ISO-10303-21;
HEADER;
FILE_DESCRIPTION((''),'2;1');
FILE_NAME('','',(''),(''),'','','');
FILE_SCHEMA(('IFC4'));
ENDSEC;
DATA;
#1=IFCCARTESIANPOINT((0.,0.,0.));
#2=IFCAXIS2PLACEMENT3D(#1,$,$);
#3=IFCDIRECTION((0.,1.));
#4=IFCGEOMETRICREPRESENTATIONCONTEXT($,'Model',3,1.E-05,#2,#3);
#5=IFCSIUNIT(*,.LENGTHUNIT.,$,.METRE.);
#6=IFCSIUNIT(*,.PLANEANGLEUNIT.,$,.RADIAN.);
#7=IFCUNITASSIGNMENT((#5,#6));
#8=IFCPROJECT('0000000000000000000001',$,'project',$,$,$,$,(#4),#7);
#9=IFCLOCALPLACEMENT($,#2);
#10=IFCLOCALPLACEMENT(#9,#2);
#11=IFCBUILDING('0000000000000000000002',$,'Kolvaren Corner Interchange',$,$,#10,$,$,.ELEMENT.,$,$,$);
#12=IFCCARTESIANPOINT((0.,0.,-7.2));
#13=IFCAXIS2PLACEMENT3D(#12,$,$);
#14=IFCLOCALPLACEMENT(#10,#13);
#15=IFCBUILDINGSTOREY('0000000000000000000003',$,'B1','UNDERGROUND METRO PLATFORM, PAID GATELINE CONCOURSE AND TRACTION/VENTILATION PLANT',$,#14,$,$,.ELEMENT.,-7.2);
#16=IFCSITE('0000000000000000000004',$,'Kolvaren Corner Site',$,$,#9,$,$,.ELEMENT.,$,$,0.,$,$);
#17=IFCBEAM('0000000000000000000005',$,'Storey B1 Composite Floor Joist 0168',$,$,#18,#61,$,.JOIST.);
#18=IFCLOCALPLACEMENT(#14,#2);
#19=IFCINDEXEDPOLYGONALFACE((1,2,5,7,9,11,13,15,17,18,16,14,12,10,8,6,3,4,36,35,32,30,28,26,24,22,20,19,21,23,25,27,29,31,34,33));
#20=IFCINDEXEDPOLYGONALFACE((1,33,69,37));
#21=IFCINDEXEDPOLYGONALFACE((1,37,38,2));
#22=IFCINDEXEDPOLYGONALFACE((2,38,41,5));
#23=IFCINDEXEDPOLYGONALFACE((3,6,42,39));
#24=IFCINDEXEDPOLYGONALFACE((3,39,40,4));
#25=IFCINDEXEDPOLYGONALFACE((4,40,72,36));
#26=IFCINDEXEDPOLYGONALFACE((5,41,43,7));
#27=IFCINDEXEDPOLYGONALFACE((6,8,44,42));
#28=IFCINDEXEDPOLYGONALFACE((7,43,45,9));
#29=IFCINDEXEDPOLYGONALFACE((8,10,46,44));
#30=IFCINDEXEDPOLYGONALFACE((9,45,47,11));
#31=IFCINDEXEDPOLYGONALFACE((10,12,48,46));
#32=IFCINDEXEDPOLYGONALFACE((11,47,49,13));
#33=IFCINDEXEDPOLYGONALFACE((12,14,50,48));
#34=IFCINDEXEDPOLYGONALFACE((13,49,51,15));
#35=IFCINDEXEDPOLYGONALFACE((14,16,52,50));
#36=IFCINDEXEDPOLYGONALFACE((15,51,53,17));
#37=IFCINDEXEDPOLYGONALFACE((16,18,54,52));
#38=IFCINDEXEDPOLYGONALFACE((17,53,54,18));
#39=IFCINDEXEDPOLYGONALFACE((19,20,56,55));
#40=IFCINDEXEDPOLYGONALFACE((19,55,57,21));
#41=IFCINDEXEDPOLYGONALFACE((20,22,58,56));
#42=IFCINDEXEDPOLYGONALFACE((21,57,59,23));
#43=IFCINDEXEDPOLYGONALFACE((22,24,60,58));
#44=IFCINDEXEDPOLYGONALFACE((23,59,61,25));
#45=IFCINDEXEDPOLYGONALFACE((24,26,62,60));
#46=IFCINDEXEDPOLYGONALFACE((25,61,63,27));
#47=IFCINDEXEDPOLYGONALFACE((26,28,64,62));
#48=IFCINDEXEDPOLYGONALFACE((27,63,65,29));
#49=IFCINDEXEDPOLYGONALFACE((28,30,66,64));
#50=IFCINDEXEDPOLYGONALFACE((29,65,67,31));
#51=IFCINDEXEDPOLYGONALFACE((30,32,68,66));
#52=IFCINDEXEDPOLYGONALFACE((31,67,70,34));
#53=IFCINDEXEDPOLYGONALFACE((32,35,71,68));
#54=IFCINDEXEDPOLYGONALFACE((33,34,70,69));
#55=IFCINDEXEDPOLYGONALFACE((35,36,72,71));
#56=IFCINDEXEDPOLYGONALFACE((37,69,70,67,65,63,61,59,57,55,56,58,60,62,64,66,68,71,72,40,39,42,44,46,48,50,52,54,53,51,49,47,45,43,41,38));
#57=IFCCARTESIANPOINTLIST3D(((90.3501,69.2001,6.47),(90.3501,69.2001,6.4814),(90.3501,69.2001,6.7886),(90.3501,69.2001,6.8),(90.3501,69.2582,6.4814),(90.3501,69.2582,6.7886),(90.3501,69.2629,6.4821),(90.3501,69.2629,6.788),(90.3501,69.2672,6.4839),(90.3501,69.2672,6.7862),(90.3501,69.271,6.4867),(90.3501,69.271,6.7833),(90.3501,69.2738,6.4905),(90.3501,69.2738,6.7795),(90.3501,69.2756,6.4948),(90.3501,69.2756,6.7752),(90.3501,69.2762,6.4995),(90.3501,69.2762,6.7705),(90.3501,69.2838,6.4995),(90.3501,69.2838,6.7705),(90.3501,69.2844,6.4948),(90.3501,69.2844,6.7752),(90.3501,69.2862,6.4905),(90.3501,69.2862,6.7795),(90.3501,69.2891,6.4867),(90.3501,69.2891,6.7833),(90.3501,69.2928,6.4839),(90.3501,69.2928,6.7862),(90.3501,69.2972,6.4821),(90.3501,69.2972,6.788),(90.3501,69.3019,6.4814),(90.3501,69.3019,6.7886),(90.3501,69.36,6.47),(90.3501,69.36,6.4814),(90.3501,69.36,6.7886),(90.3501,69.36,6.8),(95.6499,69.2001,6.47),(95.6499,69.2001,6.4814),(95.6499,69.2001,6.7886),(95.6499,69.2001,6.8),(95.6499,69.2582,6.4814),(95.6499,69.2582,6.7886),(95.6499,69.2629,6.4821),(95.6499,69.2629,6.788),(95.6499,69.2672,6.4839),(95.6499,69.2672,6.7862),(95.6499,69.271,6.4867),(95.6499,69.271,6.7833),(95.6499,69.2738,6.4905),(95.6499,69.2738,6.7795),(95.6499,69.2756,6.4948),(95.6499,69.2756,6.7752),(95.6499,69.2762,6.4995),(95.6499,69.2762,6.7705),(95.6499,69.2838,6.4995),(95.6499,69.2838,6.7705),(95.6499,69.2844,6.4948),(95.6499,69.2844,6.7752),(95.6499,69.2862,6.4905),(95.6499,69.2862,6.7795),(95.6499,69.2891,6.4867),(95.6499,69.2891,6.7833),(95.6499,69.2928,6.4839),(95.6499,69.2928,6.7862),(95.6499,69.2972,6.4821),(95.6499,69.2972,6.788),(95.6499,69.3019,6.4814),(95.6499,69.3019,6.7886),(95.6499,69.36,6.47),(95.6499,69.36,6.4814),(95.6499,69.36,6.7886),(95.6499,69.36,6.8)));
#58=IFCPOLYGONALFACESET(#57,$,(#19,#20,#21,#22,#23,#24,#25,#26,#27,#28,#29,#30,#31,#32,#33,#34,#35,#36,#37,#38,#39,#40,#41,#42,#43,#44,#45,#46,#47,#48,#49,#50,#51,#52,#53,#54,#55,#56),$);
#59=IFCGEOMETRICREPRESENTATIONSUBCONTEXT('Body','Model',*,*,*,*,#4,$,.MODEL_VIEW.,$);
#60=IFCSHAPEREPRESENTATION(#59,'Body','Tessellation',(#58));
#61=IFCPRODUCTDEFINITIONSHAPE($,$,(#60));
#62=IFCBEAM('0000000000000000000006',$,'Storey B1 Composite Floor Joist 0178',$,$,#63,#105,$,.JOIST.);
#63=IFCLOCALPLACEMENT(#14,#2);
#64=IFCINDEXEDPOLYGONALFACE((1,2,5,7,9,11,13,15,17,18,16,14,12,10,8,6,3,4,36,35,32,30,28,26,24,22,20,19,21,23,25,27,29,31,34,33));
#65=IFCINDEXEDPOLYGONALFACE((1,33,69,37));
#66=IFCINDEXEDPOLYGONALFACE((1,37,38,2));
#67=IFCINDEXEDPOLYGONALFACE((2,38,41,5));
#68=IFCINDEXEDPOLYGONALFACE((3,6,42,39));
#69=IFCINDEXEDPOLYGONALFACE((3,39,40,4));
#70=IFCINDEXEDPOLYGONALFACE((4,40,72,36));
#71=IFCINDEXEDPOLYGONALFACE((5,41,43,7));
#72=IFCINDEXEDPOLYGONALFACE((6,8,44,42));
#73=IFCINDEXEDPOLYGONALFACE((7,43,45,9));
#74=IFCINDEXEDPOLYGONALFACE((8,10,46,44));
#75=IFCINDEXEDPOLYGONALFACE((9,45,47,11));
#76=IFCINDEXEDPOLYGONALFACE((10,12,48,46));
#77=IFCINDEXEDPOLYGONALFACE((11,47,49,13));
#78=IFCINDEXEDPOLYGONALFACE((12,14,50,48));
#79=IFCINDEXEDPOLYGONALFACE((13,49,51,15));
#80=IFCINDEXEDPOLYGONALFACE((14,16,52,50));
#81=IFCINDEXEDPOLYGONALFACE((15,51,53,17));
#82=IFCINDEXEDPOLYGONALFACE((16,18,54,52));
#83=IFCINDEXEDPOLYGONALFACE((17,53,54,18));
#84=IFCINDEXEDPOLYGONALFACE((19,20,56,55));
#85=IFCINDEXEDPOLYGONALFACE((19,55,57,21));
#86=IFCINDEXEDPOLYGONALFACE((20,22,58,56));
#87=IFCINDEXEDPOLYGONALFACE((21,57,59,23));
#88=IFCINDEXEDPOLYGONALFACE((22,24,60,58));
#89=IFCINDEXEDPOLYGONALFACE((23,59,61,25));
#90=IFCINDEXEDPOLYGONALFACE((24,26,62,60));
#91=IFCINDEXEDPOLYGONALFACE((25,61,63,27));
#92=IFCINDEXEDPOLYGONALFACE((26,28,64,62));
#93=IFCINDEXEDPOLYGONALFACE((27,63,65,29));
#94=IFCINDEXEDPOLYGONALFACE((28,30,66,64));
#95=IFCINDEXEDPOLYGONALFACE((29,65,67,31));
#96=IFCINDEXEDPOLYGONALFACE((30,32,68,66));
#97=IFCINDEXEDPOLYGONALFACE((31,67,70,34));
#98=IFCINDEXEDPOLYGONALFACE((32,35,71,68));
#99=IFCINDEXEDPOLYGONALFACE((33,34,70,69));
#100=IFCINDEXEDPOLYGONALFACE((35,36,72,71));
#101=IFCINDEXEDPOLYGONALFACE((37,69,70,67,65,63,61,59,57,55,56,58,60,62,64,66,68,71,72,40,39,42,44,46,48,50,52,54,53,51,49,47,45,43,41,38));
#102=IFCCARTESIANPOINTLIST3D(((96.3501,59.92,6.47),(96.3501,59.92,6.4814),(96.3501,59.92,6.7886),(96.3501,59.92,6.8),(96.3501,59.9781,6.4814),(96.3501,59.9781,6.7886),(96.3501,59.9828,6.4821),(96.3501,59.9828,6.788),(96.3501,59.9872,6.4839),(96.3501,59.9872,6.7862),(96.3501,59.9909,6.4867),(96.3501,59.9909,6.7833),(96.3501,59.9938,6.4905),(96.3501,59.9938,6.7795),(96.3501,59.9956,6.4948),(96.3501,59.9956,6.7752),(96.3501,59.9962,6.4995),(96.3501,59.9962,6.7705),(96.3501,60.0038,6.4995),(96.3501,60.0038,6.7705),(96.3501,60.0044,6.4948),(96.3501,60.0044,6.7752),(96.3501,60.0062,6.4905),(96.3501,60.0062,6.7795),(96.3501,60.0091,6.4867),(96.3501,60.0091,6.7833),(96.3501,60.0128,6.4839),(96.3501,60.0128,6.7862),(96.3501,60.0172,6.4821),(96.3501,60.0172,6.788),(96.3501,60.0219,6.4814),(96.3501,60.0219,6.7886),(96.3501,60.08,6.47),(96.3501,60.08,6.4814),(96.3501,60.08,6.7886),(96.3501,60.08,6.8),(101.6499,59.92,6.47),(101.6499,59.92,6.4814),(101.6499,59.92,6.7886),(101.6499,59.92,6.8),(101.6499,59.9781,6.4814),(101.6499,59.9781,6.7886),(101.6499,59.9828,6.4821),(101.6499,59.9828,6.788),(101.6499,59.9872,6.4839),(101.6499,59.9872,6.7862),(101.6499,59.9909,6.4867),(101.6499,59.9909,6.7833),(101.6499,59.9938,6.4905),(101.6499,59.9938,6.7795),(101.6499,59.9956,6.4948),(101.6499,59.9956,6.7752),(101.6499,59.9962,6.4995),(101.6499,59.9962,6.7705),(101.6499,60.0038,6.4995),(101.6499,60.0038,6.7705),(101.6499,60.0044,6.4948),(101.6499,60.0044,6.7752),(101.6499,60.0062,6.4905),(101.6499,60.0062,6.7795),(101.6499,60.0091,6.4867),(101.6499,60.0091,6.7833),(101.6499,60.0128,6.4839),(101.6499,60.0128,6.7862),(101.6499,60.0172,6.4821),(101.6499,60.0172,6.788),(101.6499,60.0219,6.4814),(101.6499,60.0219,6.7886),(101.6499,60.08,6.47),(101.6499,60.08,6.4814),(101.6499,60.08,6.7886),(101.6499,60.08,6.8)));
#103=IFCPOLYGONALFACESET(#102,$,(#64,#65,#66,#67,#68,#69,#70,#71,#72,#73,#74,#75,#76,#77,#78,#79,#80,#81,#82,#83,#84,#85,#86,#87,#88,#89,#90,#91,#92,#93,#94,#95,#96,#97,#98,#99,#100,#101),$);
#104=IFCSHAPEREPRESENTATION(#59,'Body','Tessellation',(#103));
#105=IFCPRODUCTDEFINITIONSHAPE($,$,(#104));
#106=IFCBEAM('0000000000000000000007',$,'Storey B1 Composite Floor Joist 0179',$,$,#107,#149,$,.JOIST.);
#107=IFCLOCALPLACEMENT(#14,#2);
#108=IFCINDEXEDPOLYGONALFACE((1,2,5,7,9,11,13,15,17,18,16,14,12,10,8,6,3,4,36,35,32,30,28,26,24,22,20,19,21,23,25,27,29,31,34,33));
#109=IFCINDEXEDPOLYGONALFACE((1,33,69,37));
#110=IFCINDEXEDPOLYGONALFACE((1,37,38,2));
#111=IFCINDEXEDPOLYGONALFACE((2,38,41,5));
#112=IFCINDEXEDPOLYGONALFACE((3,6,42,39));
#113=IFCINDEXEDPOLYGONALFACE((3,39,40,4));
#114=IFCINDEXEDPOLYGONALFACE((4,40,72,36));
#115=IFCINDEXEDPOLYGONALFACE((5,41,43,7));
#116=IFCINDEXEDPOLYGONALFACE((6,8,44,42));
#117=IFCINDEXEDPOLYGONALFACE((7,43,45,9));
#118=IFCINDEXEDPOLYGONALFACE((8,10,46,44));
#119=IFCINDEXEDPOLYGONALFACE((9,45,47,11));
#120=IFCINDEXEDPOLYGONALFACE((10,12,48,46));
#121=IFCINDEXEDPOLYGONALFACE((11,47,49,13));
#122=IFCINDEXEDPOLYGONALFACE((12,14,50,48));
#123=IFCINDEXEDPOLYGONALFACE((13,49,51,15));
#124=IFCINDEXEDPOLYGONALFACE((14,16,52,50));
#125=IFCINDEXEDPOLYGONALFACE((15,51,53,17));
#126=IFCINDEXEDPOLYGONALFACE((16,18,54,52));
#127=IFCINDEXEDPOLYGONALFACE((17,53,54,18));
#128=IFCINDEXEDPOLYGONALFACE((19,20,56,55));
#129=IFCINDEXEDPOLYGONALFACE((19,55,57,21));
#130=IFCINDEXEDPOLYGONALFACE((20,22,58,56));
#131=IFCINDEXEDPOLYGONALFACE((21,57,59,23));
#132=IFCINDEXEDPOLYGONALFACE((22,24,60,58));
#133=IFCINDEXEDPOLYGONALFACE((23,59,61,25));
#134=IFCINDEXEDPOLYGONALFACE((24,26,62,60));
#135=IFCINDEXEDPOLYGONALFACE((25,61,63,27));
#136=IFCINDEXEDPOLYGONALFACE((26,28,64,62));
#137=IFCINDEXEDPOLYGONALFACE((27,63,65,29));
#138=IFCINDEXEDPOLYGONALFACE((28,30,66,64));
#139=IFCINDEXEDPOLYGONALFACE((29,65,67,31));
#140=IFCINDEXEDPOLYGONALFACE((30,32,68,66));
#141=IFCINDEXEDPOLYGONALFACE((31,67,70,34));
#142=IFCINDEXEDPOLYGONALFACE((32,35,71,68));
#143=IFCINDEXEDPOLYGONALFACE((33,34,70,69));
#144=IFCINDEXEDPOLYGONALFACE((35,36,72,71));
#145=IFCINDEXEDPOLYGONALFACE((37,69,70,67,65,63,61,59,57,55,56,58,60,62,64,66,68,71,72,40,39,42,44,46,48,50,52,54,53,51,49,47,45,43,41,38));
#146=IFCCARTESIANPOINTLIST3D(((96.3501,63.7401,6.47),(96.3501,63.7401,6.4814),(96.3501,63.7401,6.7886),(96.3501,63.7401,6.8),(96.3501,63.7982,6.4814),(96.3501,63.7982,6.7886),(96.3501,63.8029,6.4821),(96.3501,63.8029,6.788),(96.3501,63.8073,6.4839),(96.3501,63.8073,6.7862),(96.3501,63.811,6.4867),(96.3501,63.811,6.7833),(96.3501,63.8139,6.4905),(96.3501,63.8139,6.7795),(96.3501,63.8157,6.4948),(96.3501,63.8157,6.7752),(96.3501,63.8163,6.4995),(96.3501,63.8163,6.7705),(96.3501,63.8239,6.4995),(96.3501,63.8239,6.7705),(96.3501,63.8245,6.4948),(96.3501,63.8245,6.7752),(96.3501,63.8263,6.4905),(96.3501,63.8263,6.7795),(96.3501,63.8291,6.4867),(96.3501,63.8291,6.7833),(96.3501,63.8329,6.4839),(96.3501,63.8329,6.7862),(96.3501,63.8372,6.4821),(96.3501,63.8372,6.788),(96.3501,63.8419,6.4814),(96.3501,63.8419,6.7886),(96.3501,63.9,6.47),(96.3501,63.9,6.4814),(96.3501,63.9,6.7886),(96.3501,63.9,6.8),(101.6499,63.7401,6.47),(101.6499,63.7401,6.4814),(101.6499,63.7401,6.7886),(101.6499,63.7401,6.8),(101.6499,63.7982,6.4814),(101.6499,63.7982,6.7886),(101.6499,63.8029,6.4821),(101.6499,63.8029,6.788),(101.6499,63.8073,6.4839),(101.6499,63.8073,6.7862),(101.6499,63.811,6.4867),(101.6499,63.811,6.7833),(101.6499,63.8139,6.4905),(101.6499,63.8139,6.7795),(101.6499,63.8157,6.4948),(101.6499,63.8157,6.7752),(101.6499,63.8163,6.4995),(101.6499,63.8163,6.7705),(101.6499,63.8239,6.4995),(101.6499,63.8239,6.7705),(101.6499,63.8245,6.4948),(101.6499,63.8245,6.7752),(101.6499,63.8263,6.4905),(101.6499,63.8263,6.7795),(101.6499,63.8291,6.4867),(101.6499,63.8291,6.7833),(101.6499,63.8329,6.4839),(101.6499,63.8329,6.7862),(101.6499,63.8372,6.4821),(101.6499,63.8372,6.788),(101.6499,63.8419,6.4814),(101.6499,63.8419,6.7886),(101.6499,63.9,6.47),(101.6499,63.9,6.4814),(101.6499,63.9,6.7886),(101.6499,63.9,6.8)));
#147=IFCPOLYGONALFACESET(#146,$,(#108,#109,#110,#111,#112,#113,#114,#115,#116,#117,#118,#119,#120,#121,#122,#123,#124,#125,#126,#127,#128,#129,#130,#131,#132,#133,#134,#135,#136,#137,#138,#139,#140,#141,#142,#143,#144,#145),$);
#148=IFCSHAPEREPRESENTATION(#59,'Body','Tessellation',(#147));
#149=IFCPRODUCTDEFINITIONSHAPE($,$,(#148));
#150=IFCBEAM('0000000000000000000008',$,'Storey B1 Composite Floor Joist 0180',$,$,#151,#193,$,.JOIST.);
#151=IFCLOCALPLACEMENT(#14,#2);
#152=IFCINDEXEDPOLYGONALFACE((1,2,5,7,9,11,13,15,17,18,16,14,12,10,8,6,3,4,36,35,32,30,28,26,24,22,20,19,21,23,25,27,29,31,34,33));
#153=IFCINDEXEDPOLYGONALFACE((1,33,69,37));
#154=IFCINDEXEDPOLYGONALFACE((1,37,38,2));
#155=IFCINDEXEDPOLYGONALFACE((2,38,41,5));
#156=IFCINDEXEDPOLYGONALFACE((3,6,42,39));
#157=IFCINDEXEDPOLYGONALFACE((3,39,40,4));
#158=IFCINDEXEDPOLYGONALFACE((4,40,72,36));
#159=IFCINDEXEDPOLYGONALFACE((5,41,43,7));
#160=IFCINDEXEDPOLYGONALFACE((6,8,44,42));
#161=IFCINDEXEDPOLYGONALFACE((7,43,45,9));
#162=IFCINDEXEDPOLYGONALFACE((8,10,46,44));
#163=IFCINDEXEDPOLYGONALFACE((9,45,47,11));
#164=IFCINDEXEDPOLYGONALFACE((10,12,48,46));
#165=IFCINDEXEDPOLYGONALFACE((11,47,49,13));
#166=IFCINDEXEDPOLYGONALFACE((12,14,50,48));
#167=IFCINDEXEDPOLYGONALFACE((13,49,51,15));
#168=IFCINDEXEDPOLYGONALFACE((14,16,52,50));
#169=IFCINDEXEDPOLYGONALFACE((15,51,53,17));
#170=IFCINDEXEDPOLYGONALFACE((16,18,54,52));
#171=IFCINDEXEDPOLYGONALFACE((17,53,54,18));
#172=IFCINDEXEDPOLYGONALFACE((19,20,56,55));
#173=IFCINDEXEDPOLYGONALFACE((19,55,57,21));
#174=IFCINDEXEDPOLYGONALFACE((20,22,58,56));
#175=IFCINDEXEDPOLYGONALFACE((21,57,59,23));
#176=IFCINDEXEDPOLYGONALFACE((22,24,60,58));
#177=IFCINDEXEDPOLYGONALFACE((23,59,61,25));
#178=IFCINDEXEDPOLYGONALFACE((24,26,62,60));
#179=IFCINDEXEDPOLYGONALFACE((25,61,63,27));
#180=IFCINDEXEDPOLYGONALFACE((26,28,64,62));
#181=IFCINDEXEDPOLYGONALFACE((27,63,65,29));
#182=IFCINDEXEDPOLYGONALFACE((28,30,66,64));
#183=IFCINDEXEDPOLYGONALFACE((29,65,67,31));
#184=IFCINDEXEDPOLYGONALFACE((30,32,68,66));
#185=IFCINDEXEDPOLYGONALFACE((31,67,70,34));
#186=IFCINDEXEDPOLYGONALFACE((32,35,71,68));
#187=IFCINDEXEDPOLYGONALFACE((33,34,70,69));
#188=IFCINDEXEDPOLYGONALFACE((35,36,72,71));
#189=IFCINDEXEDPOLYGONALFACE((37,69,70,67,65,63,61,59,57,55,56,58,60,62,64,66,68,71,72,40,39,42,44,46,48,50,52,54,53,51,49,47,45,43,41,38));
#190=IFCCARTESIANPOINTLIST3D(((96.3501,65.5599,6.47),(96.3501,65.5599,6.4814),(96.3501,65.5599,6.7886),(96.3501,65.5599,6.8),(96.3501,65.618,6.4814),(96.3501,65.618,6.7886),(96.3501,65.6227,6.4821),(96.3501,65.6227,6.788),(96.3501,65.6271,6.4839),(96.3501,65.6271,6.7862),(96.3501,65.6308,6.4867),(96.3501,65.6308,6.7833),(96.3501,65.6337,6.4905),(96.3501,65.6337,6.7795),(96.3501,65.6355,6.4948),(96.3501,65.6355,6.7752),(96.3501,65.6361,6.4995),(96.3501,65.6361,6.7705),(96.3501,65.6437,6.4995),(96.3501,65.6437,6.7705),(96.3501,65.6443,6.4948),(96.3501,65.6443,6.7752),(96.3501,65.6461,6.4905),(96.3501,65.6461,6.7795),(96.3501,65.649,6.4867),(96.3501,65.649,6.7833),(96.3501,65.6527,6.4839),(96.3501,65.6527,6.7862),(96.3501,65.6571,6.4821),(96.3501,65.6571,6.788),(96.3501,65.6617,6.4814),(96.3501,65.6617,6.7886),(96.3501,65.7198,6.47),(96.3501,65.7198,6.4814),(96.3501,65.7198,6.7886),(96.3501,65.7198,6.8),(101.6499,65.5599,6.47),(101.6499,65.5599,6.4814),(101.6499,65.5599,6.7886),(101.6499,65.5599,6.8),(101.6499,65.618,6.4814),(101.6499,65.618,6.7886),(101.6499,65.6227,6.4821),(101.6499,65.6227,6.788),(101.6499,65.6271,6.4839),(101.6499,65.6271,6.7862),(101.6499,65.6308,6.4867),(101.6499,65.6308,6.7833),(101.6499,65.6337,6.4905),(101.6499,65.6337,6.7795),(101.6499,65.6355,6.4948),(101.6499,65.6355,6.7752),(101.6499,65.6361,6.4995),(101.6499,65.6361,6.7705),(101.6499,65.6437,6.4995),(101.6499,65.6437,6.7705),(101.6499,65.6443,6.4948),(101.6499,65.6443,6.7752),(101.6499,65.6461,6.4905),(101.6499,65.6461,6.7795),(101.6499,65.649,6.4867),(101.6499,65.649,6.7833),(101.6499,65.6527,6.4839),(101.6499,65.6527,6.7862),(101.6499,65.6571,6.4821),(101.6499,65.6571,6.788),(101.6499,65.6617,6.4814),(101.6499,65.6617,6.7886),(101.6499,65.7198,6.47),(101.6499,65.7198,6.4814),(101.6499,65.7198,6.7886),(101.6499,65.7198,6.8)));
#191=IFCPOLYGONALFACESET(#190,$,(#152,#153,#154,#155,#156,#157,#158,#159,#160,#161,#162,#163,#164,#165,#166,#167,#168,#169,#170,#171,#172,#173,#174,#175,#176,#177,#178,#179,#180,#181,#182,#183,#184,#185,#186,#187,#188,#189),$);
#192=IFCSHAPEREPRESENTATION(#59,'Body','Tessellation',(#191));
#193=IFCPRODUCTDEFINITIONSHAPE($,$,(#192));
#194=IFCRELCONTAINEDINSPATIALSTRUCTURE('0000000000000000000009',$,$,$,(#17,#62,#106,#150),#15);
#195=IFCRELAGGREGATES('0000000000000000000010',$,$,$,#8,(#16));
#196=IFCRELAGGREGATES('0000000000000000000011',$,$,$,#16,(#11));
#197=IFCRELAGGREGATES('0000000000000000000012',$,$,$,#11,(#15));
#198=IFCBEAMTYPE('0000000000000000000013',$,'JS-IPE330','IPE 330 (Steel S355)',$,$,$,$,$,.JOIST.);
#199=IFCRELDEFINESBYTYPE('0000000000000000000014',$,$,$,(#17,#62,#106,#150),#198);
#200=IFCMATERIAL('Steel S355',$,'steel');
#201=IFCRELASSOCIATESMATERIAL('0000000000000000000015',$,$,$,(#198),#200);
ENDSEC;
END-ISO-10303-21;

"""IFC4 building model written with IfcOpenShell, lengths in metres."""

from ifc_helpers import new_model, si_unit, direction, frame, origin, origin_2d, place, context, subcontext, project, spatial, i_section, extrude, material, material_profile, profile_set, type_object, element, save


model = new_model("IFC4")

# Units and contexts
model_context = context("Model", 3, precision=1e-05, world=origin(), true_north=direction((0.0, 1.0)))
body_context = subcontext(model_context, "Body", "Model", "MODEL_VIEW")
ifc_project = project(units=[si_unit("LENGTHUNIT", "METRE"), si_unit("PLANEANGLEUNIT", "RADIAN")], contexts=[model_context])

# Site, building, storey
site_placement = place(None, origin())
site = spatial("IfcSite", under=ifc_project, at=site_placement, Name="Kolvaren Corner Site", CompositionType="ELEMENT", RefElevation=0.0)
building_placement = place(site_placement, origin())
building = spatial("IfcBuilding", under=site, at=building_placement, Name="Kolvaren Corner Interchange", CompositionType="ELEMENT")
storey_placement = place(building_placement, frame((0.0, 0.0, -7.2)))
storey = spatial("IfcBuildingStorey", under=building, at=storey_placement, Name="B1", Description="UNDERGROUND METRO PLATFORM, PAID GATELINE CONCOURSE AND TRACTION/VENTILATION PLANT", CompositionType="ELEMENT", Elevation=-7.2)

# Beams
ifc_material_1 = material(Name="Steel S355", Category="steel")
ifc_material_profile_1 = material_profile(ifc_material_1, i_section(OverallWidth=0.1599, OverallDepth=0.3301, WebThickness=0.0076, FlangeThickness=0.0115, FilletRadius=0.0181, at=origin_2d()), Name="IPE 330")
ifc_profile_set_1 = profile_set([ifc_material_profile_1], Name="Steel S355")
beam_type_1 = type_object("IfcBeamType", Name="JS-IPE330", Description="IPE 330 (Steel S355)", PredefinedType="JOIST", material=ifc_profile_set_1)
for number, where, z_axis, x_axis, name in (
    (1, (90.3501, 69.28, 6.635), (1.0, 0.0, 0.0), (0.0, 1.0, 0.0), "Storey B1 Composite Floor Joist 0168"),
    (2, (96.3501, 60.0, 6.635), (1.0, 0.0, 0.0), (0.0, 1.0, 0.0), "Storey B1 Composite Floor Joist 0178"),
    (3, (96.3501, 63.8201, 6.635), (1.0, 0.0, 0.0), (0.0, 1.0, 0.0), "Storey B1 Composite Floor Joist 0179"),
    (4, (96.3501, 65.6399, 6.635), (1.0, 0.0, 0.0), (0.0, 1.0, 0.0), "Storey B1 Composite Floor Joist 0180"),
):
    element("IfcBeam", number, at=place(storey_placement, frame(where, z_axis=z_axis, x_axis=x_axis)), inside=storey, type_object=beam_type_1, Name=name, PredefinedType="JOIST", context=body_context, shape_type="SweptSolid", body=[
        extrude(i_section(OverallWidth=0.1599, OverallDepth=0.3301, WebThickness=0.0076, FlangeThickness=0.0115, FilletRadius=0.0181, at=origin_2d()), origin(), (0.0, 0.0, 1.0), 5.2998),
    ])

save(model, "model.ifc")
